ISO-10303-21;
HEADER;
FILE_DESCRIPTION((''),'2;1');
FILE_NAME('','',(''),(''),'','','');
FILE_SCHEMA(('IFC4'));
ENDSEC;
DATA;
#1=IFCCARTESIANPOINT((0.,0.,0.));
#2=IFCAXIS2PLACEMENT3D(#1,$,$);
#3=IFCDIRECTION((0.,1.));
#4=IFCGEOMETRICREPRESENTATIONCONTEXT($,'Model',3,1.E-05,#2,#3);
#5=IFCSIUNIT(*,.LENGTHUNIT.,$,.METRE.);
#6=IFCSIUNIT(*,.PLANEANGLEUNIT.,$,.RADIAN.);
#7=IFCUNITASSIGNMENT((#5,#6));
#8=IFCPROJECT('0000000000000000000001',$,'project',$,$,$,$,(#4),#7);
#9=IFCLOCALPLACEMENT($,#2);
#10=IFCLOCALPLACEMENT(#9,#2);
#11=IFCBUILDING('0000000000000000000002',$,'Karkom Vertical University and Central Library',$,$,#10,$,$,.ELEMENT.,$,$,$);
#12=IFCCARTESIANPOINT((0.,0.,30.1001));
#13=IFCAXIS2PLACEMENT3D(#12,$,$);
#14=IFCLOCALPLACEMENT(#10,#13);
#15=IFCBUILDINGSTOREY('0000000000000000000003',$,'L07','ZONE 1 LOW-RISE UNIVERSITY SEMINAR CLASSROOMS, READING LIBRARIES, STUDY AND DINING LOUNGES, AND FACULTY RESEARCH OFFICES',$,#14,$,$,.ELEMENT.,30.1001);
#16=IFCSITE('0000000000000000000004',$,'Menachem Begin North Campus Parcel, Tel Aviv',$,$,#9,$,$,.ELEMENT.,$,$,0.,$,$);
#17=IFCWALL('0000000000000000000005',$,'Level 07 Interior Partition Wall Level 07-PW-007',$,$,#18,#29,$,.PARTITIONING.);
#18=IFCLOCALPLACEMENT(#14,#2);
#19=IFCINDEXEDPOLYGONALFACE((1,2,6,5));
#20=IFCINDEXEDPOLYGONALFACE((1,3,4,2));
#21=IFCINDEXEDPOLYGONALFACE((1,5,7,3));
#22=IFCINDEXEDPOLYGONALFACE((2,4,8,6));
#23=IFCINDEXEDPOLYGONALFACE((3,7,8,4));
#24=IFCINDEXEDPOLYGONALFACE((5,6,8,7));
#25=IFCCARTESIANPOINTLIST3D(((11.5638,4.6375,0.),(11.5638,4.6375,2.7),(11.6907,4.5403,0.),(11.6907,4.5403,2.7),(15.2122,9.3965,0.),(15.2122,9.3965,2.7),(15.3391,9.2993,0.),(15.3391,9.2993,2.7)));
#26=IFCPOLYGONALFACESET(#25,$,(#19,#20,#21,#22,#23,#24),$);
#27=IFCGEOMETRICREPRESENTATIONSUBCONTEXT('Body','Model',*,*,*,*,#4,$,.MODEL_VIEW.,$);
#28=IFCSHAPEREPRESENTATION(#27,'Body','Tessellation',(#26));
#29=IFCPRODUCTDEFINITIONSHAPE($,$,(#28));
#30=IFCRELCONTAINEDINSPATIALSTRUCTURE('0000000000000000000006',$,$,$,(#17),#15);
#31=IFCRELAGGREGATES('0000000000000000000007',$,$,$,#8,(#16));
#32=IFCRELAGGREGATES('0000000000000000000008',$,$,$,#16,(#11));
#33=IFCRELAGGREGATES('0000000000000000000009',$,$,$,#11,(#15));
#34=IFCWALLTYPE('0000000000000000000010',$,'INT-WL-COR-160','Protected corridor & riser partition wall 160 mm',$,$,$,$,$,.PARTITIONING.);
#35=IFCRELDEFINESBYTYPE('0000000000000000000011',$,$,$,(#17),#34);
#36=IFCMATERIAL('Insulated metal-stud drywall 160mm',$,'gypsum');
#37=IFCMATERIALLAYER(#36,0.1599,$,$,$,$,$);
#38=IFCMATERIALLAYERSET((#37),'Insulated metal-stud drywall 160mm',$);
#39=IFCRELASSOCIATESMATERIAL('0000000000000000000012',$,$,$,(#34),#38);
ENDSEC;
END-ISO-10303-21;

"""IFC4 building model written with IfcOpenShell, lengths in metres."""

from ifc_helpers import new_model, si_unit, direction, frame, frame_2d, origin, place, context, subcontext, project, spatial, rectangle, extrude, material, layer, layer_set, type_object, element, save


model = new_model("IFC4")

# Units and contexts
model_context = context("Model", 3, precision=1e-05, world=origin(), true_north=direction((0.0, 1.0)))
body_context = subcontext(model_context, "Body", "Model", "MODEL_VIEW")
ifc_project = project(units=[si_unit("LENGTHUNIT", "METRE"), si_unit("PLANEANGLEUNIT", "RADIAN")], contexts=[model_context])

# Site, building, storey
site_placement = place(None, origin())
site = spatial("IfcSite", under=ifc_project, at=site_placement, Name="Menachem Begin North Campus Parcel, Tel Aviv", CompositionType="ELEMENT", RefElevation=0.0)
building_placement = place(site_placement, origin())
building = spatial("IfcBuilding", under=site, at=building_placement, Name="Karkom Vertical University and Central Library", CompositionType="ELEMENT")
storey_placement = place(building_placement, frame((0.0, 0.0, 30.1001)))
storey = spatial("IfcBuildingStorey", under=building, at=storey_placement, Name="L07", Description="ZONE 1 LOW-RISE UNIVERSITY SEMINAR CLASSROOMS, READING LIBRARIES, STUDY AND DINING LOUNGES, AND FACULTY RESEARCH OFFICES", CompositionType="ELEMENT", Elevation=30.1001)

# Wall
ifc_material_1 = material(Name="Insulated metal-stud drywall 160mm", Category="gypsum")
ifc_layer_1 = layer(ifc_material_1, 0.1599)
ifc_layer_set_1 = layer_set([ifc_layer_1], Name="Insulated metal-stud drywall 160mm")
wall_type_1 = type_object("IfcWallType", Name="INT-WL-COR-160", Description="Protected corridor & riser partition wall 160 mm", PredefinedType="PARTITIONING", material=ifc_layer_set_1)
wall_1_placement = place(storey_placement, frame((15.2756, 9.3479, 0.0), z_axis=(0.0, 0.0, 1.0), x_axis=(-0.608415, -0.793619, 0.0)))
element("IfcWall", 1, at=wall_1_placement, inside=storey, type_object=wall_type_1, Name="Level 07 Interior Partition Wall Level 07-PW-007", PredefinedType="PARTITIONING", context=body_context, shape_type="SweptSolid", body=[
    extrude(rectangle(XDim=5.9966, YDim=0.1599, at=frame_2d((2.9983, 0.0))), origin(), (0.0, 0.0, 1.0), 2.7),
])

save(model, "model.ifc")
